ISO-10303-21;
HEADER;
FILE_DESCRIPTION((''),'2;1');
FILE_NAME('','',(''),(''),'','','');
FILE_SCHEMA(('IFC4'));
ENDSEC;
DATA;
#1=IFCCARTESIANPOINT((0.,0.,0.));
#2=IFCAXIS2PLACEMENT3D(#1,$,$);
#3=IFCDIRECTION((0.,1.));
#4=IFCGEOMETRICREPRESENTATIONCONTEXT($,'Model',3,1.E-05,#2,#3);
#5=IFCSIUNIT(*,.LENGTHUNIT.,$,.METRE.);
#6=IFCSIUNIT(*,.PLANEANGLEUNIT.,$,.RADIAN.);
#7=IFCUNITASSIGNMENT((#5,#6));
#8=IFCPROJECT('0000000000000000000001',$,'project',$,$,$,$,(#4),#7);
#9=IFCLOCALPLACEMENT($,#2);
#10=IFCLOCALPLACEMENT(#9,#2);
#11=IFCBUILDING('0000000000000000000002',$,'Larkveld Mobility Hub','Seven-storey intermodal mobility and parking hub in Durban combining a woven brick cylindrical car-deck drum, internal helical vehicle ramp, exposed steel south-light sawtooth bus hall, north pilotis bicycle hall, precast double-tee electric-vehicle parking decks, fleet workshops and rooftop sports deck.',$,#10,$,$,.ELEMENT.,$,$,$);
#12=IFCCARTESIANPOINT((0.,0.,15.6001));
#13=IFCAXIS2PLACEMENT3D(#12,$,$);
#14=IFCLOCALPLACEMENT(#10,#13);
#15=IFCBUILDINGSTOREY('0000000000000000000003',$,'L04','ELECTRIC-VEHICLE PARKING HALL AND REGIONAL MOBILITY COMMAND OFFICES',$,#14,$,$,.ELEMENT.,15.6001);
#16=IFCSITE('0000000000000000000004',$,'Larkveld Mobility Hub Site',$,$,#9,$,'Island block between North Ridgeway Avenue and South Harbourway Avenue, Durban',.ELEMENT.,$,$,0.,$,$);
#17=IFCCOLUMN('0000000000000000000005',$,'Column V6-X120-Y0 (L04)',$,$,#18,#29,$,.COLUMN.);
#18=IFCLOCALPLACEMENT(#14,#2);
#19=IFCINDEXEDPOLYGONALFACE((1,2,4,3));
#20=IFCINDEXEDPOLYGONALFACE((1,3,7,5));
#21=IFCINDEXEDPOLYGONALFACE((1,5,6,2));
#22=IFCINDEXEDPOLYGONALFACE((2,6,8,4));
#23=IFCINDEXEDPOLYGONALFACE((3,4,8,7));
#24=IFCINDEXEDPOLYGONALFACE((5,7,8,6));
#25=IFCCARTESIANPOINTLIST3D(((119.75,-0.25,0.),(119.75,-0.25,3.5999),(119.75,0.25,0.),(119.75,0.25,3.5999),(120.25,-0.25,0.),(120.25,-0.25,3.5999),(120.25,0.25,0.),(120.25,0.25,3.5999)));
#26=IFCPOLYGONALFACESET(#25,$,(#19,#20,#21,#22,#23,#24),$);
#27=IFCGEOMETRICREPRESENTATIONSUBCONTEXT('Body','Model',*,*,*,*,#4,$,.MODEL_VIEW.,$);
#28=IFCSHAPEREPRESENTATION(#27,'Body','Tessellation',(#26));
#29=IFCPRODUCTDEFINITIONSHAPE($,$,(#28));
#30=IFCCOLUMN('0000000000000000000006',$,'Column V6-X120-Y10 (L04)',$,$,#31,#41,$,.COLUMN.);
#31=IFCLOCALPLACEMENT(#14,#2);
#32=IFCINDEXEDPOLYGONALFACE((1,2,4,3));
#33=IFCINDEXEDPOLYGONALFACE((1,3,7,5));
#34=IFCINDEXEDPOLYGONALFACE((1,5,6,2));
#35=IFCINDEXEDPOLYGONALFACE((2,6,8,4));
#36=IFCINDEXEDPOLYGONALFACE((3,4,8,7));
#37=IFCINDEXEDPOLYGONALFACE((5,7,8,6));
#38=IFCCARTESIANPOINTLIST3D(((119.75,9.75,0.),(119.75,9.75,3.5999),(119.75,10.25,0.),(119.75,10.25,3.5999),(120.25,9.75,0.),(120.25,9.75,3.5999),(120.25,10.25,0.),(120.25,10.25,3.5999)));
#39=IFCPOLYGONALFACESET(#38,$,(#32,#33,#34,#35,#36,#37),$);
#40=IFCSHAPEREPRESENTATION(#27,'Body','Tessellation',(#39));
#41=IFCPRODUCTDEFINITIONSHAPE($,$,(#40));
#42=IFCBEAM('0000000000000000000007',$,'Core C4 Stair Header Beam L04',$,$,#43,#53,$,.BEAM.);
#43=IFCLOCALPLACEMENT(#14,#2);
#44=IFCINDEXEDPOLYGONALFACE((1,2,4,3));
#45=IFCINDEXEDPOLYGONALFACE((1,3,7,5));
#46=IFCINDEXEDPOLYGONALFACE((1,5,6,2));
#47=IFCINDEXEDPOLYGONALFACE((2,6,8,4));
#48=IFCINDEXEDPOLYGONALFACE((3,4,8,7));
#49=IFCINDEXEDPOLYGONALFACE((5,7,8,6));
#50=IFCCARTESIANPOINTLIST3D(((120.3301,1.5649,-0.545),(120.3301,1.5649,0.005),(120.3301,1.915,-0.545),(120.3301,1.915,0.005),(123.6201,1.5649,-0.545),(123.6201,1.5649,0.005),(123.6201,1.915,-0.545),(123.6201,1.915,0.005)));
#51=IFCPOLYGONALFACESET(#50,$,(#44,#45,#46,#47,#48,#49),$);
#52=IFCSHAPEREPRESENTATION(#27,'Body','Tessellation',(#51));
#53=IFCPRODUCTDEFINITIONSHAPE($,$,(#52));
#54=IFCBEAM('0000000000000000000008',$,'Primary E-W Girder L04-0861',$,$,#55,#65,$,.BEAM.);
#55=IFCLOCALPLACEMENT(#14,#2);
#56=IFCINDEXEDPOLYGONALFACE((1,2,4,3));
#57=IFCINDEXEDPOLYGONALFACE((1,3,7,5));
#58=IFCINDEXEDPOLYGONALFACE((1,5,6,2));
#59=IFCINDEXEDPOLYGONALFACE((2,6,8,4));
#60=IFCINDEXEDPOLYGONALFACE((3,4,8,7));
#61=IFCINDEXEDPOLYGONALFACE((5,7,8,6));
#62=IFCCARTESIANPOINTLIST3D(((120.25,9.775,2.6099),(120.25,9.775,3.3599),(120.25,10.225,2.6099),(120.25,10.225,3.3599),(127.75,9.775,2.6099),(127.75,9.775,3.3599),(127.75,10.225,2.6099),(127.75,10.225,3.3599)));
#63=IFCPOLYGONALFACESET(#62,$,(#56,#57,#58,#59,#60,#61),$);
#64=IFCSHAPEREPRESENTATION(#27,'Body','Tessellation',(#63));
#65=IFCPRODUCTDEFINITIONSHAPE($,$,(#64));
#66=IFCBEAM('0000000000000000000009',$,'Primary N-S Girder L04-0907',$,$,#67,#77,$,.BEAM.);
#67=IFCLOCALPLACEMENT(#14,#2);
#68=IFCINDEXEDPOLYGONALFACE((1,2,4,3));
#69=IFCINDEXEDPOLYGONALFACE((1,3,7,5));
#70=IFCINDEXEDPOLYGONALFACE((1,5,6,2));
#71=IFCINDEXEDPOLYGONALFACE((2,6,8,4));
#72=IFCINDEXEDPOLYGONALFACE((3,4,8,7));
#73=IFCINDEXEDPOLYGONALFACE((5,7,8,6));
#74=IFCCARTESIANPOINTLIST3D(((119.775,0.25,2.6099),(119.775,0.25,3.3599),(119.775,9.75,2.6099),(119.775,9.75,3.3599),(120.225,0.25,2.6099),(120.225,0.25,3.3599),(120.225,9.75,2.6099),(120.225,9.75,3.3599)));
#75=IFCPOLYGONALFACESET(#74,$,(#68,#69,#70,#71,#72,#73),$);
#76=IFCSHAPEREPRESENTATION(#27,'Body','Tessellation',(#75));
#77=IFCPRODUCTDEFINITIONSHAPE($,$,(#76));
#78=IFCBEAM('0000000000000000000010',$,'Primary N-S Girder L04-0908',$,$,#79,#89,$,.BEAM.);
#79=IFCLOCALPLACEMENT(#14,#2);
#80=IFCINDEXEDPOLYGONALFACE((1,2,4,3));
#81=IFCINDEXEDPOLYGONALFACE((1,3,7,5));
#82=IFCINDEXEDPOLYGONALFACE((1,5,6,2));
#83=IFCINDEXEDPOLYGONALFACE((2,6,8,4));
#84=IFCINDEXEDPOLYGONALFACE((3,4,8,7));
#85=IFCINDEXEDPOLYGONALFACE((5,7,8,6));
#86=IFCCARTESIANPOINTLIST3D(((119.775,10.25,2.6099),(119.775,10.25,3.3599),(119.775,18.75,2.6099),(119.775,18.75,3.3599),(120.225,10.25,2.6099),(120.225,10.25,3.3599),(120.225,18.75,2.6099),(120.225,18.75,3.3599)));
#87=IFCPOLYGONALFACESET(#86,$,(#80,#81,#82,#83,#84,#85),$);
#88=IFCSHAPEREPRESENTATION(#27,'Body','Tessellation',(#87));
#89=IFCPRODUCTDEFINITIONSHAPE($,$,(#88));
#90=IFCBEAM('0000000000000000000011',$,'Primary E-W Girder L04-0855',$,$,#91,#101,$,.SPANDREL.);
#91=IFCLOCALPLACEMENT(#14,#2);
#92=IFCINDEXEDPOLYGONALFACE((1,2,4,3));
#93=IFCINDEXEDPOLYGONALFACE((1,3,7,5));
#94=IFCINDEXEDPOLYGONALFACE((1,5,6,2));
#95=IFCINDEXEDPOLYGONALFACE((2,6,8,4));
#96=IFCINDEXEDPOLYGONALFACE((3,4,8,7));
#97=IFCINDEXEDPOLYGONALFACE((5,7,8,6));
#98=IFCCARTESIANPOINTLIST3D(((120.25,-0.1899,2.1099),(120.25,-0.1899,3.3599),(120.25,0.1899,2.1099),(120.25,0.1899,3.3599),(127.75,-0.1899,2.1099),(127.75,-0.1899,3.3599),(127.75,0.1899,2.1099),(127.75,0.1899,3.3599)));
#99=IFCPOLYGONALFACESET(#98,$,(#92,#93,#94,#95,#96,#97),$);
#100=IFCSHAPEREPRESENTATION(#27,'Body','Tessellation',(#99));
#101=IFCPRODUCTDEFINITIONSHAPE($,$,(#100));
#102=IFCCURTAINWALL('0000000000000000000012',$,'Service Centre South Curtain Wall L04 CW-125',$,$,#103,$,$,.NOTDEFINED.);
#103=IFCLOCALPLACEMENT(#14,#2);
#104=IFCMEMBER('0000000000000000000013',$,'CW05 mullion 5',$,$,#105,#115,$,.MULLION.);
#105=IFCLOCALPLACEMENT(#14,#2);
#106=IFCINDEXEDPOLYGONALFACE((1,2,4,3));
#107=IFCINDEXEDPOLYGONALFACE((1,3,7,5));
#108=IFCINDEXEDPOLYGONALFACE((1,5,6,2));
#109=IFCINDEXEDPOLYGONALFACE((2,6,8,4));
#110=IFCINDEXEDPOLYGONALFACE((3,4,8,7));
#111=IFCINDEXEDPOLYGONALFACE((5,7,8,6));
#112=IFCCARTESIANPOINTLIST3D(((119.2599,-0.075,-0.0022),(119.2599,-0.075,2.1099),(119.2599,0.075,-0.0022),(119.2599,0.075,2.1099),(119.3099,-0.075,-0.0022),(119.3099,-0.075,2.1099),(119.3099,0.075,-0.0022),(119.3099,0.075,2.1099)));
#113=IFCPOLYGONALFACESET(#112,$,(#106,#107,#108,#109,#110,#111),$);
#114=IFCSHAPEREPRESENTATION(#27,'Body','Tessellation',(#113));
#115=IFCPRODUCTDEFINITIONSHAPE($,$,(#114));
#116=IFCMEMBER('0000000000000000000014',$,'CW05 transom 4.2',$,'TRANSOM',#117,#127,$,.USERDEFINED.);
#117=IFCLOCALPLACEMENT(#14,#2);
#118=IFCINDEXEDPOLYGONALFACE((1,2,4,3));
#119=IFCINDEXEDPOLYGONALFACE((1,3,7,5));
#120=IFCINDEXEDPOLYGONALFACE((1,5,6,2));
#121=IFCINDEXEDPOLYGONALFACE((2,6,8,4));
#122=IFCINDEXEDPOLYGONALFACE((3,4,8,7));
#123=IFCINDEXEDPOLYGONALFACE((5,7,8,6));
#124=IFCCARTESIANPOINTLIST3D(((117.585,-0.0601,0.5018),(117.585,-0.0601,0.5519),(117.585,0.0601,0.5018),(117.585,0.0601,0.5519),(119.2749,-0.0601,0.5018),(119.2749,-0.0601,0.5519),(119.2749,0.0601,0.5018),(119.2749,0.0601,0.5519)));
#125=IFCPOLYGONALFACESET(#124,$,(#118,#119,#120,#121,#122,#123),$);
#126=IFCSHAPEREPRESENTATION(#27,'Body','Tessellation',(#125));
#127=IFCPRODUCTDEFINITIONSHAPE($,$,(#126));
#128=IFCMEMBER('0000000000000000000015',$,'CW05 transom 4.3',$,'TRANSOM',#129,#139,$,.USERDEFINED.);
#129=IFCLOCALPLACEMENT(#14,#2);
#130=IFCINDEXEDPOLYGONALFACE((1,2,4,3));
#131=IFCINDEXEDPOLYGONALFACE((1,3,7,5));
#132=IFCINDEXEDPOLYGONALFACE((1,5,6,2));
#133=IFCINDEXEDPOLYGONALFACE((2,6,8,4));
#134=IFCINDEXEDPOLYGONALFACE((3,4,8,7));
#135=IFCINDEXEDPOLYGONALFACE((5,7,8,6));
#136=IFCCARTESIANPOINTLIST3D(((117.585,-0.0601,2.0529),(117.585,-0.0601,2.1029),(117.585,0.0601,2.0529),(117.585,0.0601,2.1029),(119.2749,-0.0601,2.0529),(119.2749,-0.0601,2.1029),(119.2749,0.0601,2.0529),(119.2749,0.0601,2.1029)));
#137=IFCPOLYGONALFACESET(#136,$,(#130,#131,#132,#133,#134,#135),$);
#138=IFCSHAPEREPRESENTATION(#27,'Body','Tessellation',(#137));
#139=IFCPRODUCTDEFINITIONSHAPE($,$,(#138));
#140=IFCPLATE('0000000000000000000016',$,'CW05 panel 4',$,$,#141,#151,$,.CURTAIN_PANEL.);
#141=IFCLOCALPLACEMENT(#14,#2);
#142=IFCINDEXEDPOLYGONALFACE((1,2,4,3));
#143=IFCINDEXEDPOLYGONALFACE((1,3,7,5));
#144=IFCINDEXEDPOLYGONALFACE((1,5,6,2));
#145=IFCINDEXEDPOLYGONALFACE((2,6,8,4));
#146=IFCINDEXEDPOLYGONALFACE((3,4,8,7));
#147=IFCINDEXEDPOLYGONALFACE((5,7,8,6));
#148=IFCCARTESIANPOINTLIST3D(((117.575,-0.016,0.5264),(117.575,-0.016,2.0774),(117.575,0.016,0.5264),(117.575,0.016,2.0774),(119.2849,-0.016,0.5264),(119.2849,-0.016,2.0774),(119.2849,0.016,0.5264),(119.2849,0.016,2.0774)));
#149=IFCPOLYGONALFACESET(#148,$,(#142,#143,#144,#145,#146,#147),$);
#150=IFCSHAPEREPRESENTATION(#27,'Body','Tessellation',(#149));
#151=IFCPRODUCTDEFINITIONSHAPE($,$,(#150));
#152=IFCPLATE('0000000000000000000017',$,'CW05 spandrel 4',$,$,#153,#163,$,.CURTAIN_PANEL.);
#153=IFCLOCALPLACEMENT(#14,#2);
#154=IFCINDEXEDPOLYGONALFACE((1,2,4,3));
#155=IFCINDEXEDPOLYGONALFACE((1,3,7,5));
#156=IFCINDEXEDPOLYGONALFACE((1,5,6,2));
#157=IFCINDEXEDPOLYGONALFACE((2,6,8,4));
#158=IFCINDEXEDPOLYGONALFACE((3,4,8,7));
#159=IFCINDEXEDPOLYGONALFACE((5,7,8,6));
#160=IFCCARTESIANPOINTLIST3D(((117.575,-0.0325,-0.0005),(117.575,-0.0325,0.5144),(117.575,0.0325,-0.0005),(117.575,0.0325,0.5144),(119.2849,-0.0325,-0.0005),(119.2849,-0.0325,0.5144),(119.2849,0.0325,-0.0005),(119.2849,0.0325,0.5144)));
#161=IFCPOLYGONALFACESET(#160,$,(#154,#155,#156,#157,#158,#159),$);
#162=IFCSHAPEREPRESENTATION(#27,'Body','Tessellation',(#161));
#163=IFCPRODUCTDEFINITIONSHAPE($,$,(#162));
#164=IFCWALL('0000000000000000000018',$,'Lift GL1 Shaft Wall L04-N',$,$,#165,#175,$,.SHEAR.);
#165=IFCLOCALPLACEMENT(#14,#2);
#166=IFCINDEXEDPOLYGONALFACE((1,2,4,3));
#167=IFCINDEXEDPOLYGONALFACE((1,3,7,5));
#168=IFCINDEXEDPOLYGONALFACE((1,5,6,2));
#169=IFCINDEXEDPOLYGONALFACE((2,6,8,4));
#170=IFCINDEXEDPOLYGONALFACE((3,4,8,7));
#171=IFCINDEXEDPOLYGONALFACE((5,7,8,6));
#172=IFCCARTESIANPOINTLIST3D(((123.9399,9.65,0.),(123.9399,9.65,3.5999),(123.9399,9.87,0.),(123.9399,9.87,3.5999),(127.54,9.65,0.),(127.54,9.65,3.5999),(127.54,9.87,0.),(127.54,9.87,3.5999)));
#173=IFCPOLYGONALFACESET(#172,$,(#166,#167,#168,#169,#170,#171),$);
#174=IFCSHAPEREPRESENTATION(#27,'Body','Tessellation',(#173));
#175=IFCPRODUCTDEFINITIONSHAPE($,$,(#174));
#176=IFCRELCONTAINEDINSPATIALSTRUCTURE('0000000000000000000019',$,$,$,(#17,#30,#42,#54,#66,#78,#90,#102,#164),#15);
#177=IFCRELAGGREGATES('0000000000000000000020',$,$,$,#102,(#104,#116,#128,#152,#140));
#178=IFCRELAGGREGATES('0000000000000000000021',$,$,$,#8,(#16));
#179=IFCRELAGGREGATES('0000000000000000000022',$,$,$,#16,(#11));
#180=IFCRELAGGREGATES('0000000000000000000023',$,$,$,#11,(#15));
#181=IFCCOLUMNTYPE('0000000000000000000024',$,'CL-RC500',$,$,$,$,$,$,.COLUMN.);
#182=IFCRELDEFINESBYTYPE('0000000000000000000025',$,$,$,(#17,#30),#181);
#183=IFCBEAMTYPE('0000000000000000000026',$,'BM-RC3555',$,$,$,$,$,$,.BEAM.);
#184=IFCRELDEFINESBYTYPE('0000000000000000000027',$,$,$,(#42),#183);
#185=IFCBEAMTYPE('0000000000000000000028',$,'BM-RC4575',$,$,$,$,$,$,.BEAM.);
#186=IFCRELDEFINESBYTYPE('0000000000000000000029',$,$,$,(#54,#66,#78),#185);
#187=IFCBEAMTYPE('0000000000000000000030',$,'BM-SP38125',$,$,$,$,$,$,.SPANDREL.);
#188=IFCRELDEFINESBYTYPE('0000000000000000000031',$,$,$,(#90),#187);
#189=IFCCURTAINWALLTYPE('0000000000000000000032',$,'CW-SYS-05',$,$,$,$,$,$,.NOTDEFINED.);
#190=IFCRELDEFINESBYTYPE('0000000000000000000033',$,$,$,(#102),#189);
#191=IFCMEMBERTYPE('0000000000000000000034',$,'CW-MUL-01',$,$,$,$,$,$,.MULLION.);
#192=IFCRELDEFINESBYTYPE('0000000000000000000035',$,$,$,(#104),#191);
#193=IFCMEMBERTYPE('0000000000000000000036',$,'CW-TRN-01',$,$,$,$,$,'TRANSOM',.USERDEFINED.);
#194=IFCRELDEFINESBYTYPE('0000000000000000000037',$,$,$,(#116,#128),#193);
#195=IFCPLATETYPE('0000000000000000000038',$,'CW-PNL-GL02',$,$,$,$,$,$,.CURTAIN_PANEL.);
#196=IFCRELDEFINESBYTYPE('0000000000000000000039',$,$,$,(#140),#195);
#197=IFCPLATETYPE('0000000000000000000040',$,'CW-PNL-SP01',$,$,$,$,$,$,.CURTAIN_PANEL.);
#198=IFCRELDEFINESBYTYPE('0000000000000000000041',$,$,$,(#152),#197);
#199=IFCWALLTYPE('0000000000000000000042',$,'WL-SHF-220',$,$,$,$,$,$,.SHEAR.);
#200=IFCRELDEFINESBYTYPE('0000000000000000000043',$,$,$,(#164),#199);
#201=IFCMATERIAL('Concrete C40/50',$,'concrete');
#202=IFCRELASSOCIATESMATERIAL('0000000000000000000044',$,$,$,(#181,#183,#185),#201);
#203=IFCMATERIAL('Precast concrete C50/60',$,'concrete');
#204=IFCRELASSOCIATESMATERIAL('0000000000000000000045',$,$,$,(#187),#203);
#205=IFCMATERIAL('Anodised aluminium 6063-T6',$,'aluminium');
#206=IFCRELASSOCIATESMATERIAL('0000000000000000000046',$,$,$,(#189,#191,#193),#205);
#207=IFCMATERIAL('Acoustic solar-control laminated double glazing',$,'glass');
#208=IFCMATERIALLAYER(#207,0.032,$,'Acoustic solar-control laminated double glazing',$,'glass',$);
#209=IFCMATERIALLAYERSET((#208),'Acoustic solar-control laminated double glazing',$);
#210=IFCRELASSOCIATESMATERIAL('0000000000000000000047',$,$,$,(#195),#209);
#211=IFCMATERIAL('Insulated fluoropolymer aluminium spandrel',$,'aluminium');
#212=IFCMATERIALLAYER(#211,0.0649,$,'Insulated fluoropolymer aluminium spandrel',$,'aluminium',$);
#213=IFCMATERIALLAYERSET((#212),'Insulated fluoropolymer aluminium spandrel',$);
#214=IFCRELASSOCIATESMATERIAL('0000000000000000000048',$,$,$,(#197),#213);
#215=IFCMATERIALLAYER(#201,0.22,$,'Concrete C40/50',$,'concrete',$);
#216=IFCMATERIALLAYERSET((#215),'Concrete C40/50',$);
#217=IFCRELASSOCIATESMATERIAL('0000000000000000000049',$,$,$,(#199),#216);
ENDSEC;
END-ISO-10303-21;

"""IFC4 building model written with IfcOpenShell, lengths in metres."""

from ifc_helpers import new_model, si_unit, direction, frame, frame_2d, origin, origin_2d, place, context, subcontext, project, spatial, rectangle, extrude, material, layer, layer_set, material_profile, profile_set, type_object, element, aggregate, save


model = new_model("IFC4")

# Units and contexts
model_context = context("Model", 3, precision=1e-05, world=origin(), true_north=direction((0.0, 1.0)))
body_context = subcontext(model_context, "Body", "Model", "MODEL_VIEW")
ifc_project = project(units=[si_unit("LENGTHUNIT", "METRE"), si_unit("PLANEANGLEUNIT", "RADIAN")], contexts=[model_context])

# Site, building, storey
site_placement = place(None, origin())
site = spatial("IfcSite", under=ifc_project, at=site_placement, Name="Larkveld Mobility Hub Site", LongName="Island block between North Ridgeway Avenue and South Harbourway Avenue, Durban", CompositionType="ELEMENT", RefElevation=0.0)
building_placement = place(site_placement, origin())
building = spatial("IfcBuilding", under=site, at=building_placement, Name="Larkveld Mobility Hub", Description="Seven-storey intermodal mobility and parking hub in Durban combining a woven brick cylindrical car-deck drum, internal helical vehicle ramp, exposed steel south-light sawtooth bus hall, north pilotis bicycle hall, precast double-tee electric-vehicle parking decks, fleet workshops and rooftop sports deck.", CompositionType="ELEMENT")
storey_placement = place(building_placement, frame((0.0, 0.0, 15.6001)))
storey = spatial("IfcBuildingStorey", under=building, at=storey_placement, Name="L04", Description="ELECTRIC-VEHICLE PARKING HALL AND REGIONAL MOBILITY COMMAND OFFICES", CompositionType="ELEMENT", Elevation=15.6001)

# Columns
ifc_material_1 = material(Name="Concrete C40/50", Category="concrete")
ifc_material_profile_1 = material_profile(ifc_material_1, rectangle(XDim=0.5, YDim=0.5, at=origin_2d()), Name="RC COL 500x500")
ifc_profile_set_1 = profile_set([ifc_material_profile_1], Name="Concrete C40/50")
column_type = type_object("IfcColumnType", Name="CL-RC500", PredefinedType="COLUMN", material=ifc_profile_set_1)
for number, where, z_axis, x_axis, name in (
    (1, (120.0, 0.0, 0.0), (0.0, 0.0, 1.0), (1.0, 0.0, 0.0), "Column V6-X120-Y0 (L04)"),
    (2, (120.0, 10.0, 0.0), (0.0, 0.0, 1.0), (1.0, 0.0, 0.0), "Column V6-X120-Y10 (L04)"),
):
    element("IfcColumn", number, at=place(storey_placement, frame(where, z_axis=z_axis, x_axis=x_axis)), inside=storey, type_object=column_type, Name=name, PredefinedType="COLUMN", context=body_context, shape_type="SweptSolid", body=[
        extrude(rectangle(XDim=0.5, YDim=0.5, at=origin_2d()), origin(), (0.0, 0.0, 1.0), 3.5999),
    ])

# Beams
ifc_material_profile_2 = material_profile(ifc_material_1, rectangle(XDim=0.3501, YDim=0.55, at=origin_2d()), Name="RC BM 350x550")
ifc_profile_set_2 = profile_set([ifc_material_profile_2], Name="Concrete C40/50")
beam_type_1 = type_object("IfcBeamType", Name="BM-RC3555", PredefinedType="BEAM", material=ifc_profile_set_2)
beam_1_placement = place(storey_placement, frame((120.3301, 1.74, -0.27), z_axis=(1.0, 0.0, 0.0), x_axis=(0.0, 1.0, 0.0)))
element("IfcBeam", 3, at=beam_1_placement, inside=storey, type_object=beam_type_1, Name="Core C4 Stair Header Beam L04", PredefinedType="BEAM", context=body_context, shape_type="SweptSolid", body=[
    extrude(rectangle(XDim=0.3501, YDim=0.55, at=origin_2d()), origin(), (0.0, 0.0, 1.0), 3.29),
])
ifc_material_profile_3 = material_profile(ifc_material_1, rectangle(XDim=0.45, YDim=0.75, at=origin_2d()), Name="RC BM 450x750")
ifc_profile_set_3 = profile_set([ifc_material_profile_3], Name="Concrete C40/50")
beam_type_2 = type_object("IfcBeamType", Name="BM-RC4575", PredefinedType="BEAM", material=ifc_profile_set_3)
beam_2_placement = place(storey_placement, frame((120.25, 10.0, 2.9849), z_axis=(1.0, 0.0, 0.0), x_axis=(0.0, 1.0, 0.0)))
element("IfcBeam", 4, at=beam_2_placement, inside=storey, type_object=beam_type_2, Name="Primary E-W Girder L04-0861", PredefinedType="BEAM", context=body_context, shape_type="SweptSolid", body=[
    extrude(rectangle(XDim=0.45, YDim=0.75, at=origin_2d()), origin(), (0.0, 0.0, 1.0), 7.5),
])
beam_3_placement = place(storey_placement, frame((120.0, 0.25, 2.9849), z_axis=(0.0, 1.0, 0.0), x_axis=(-1.0, 0.0, 0.0)))
element("IfcBeam", 5, at=beam_3_placement, inside=storey, type_object=beam_type_2, Name="Primary N-S Girder L04-0907", PredefinedType="BEAM", context=body_context, shape_type="SweptSolid", body=[
    extrude(rectangle(XDim=0.45, YDim=0.75, at=origin_2d()), origin(), (0.0, 0.0, 1.0), 9.5),
])
beam_4_placement = place(storey_placement, frame((120.0, 10.25, 2.9849), z_axis=(0.0, 1.0, 0.0), x_axis=(-1.0, 0.0, 0.0)))
element("IfcBeam", 6, at=beam_4_placement, inside=storey, type_object=beam_type_2, Name="Primary N-S Girder L04-0908", PredefinedType="BEAM", context=body_context, shape_type="SweptSolid", body=[
    extrude(rectangle(XDim=0.45, YDim=0.75, at=origin_2d()), origin(), (0.0, 0.0, 1.0), 8.5),
])
ifc_material_2 = material(Name="Precast concrete C50/60", Category="concrete")
ifc_material_profile_4 = material_profile(ifc_material_2, rectangle(XDim=0.3799, YDim=1.25, at=origin_2d()), Name="PC SP 380x1250")
ifc_profile_set_4 = profile_set([ifc_material_profile_4], Name="Precast concrete C50/60")
beam_type_3 = type_object("IfcBeamType", Name="BM-SP38125", PredefinedType="SPANDREL", material=ifc_profile_set_4)
beam_5_placement = place(storey_placement, frame((120.25, 0.0, 2.7349), z_axis=(1.0, 0.0, 0.0), x_axis=(0.0, 1.0, 0.0)))
element("IfcBeam", 7, at=beam_5_placement, inside=storey, type_object=beam_type_3, Name="Primary E-W Girder L04-0855", PredefinedType="SPANDREL", context=body_context, shape_type="SweptSolid", body=[
    extrude(rectangle(XDim=0.3799, YDim=1.25, at=origin_2d()), origin(), (0.0, 0.0, 1.0), 7.5),
])

# Curtain wall, members, plates
ifc_material_3 = material(Name="Anodised aluminium 6063-T6", Category="aluminium")
curtain_wall_type = type_object("IfcCurtainWallType", Name="CW-SYS-05", PredefinedType="NOTDEFINED", material=ifc_material_3)
curtain_wall_placement = place(storey_placement, origin())
curtain_wall = element("IfcCurtainWall", 8, at=curtain_wall_placement, inside=storey, type_object=curtain_wall_type, Name="Service Centre South Curtain Wall L04 CW-125", PredefinedType="NOTDEFINED")
ifc_material_profile_5 = material_profile(ifc_material_3, rectangle(XDim=0.05, YDim=0.1499, at=origin_2d()), Name="ALU MULL 50x150")
ifc_profile_set_5 = profile_set([ifc_material_profile_5], Name="Anodised aluminium 6063-T6")
member_type_1 = type_object("IfcMemberType", Name="CW-MUL-01", PredefinedType="MULLION", material=ifc_profile_set_5)
member_1_placement = place(storey_placement, frame((119.2849, 0.0, -0.0022), z_axis=(0.0, 0.0, 1.0), x_axis=(1.0, 0.0, 0.0)))
member_1 = element("IfcMember", 9, at=member_1_placement, type_object=member_type_1, Name="CW05 mullion 5", PredefinedType="MULLION", context=body_context, shape_type="SweptSolid", body=[
    extrude(rectangle(XDim=0.05, YDim=0.1499, at=origin_2d()), origin(), (0.0, 0.0, 1.0), 2.1121),
])
ifc_material_profile_6 = material_profile(ifc_material_3, rectangle(XDim=0.1201, YDim=0.05, at=origin_2d()), Name="ALU TRAN 50x120")
ifc_profile_set_6 = profile_set([ifc_material_profile_6], Name="Anodised aluminium 6063-T6")
member_type_2 = type_object("IfcMemberType", Name="CW-TRN-01", ElementType="TRANSOM", PredefinedType="USERDEFINED", material=ifc_profile_set_6)
member_2_placement = place(storey_placement, frame((117.585, 0.0, 0.5269), z_axis=(1.0, 0.0, 0.0), x_axis=(0.0, 1.0, 0.0)))
member_2 = element("IfcMember", 10, at=member_2_placement, type_object=member_type_2, Name="CW05 transom 4.2", ObjectType="TRANSOM", PredefinedType="USERDEFINED", context=body_context, shape_type="SweptSolid", body=[
    extrude(rectangle(XDim=0.1201, YDim=0.05, at=origin_2d()), origin(), (0.0, 0.0, 1.0), 1.6899),
])
member_3_placement = place(storey_placement, frame((117.585, 0.0, 2.0779), z_axis=(1.0, 0.0, 0.0), x_axis=(0.0, 1.0, 0.0)))
member_3 = element("IfcMember", 11, at=member_3_placement, type_object=member_type_2, Name="CW05 transom 4.3", ObjectType="TRANSOM", PredefinedType="USERDEFINED", context=body_context, shape_type="SweptSolid", body=[
    extrude(rectangle(XDim=0.1201, YDim=0.05, at=origin_2d()), origin(), (0.0, 0.0, 1.0), 1.6899),
])
ifc_material_4 = material(Name="Acoustic solar-control laminated double glazing", Category="glass")
ifc_layer_1 = layer(ifc_material_4, 0.032, Name="Acoustic solar-control laminated double glazing", Category="glass")
ifc_layer_set_1 = layer_set([ifc_layer_1], Name="Acoustic solar-control laminated double glazing")
plate_type_1 = type_object("IfcPlateType", Name="CW-PNL-GL02", PredefinedType="CURTAIN_PANEL", material=ifc_layer_set_1)
plate_1_placement = place(storey_placement, frame((118.4299, 0.0, 0.5264), z_axis=(0.0, 0.0, 1.0), x_axis=(1.0, 0.0, 0.0)))
plate_1 = element("IfcPlate", 12, at=plate_1_placement, type_object=plate_type_1, Name="CW05 panel 4", PredefinedType="CURTAIN_PANEL", context=body_context, shape_type="SweptSolid", body=[
    extrude(rectangle(XDim=1.71, YDim=0.032, at=origin_2d()), origin(), (0.0, 0.0, 1.0), 1.551),
])
ifc_material_5 = material(Name="Insulated fluoropolymer aluminium spandrel", Category="aluminium")
ifc_layer_2 = layer(ifc_material_5, 0.0649, Name="Insulated fluoropolymer aluminium spandrel", Category="aluminium")
ifc_layer_set_2 = layer_set([ifc_layer_2], Name="Insulated fluoropolymer aluminium spandrel")
plate_type_2 = type_object("IfcPlateType", Name="CW-PNL-SP01", PredefinedType="CURTAIN_PANEL", material=ifc_layer_set_2)
plate_2_placement = place(storey_placement, frame((118.4299, 0.0, -0.0005), z_axis=(0.0, 0.0, 1.0), x_axis=(1.0, 0.0, 0.0)))
plate_2 = element("IfcPlate", 13, at=plate_2_placement, type_object=plate_type_2, Name="CW05 spandrel 4", PredefinedType="CURTAIN_PANEL", context=body_context, shape_type="SweptSolid", body=[
    extrude(rectangle(XDim=1.71, YDim=0.0649, at=origin_2d()), origin(), (0.0, 0.0, 1.0), 0.5149),
])
aggregate(curtain_wall, [member_1, member_2, member_3, plate_2, plate_1])

# Wall
ifc_layer_3 = layer(ifc_material_1, 0.22, Name="Concrete C40/50", Category="concrete")
ifc_layer_set_3 = layer_set([ifc_layer_3], Name="Concrete C40/50")
wall_type_1 = type_object("IfcWallType", Name="WL-SHF-220", PredefinedType="SHEAR", material=ifc_layer_set_3)
wall_1_placement = place(storey_placement, frame((123.9399, 9.76, 0.0), z_axis=(0.0, 0.0, 1.0), x_axis=(1.0, 0.0, 0.0)))
element("IfcWall", 14, at=wall_1_placement, inside=storey, type_object=wall_type_1, Name="Lift GL1 Shaft Wall L04-N", PredefinedType="SHEAR", context=body_context, shape_type="SweptSolid", body=[
    extrude(rectangle(XDim=3.6001, YDim=0.22, at=frame_2d((1.8, 0.0))), origin(), (0.0, 0.0, 1.0), 3.5999),
])

save(model, "model.ifc")
